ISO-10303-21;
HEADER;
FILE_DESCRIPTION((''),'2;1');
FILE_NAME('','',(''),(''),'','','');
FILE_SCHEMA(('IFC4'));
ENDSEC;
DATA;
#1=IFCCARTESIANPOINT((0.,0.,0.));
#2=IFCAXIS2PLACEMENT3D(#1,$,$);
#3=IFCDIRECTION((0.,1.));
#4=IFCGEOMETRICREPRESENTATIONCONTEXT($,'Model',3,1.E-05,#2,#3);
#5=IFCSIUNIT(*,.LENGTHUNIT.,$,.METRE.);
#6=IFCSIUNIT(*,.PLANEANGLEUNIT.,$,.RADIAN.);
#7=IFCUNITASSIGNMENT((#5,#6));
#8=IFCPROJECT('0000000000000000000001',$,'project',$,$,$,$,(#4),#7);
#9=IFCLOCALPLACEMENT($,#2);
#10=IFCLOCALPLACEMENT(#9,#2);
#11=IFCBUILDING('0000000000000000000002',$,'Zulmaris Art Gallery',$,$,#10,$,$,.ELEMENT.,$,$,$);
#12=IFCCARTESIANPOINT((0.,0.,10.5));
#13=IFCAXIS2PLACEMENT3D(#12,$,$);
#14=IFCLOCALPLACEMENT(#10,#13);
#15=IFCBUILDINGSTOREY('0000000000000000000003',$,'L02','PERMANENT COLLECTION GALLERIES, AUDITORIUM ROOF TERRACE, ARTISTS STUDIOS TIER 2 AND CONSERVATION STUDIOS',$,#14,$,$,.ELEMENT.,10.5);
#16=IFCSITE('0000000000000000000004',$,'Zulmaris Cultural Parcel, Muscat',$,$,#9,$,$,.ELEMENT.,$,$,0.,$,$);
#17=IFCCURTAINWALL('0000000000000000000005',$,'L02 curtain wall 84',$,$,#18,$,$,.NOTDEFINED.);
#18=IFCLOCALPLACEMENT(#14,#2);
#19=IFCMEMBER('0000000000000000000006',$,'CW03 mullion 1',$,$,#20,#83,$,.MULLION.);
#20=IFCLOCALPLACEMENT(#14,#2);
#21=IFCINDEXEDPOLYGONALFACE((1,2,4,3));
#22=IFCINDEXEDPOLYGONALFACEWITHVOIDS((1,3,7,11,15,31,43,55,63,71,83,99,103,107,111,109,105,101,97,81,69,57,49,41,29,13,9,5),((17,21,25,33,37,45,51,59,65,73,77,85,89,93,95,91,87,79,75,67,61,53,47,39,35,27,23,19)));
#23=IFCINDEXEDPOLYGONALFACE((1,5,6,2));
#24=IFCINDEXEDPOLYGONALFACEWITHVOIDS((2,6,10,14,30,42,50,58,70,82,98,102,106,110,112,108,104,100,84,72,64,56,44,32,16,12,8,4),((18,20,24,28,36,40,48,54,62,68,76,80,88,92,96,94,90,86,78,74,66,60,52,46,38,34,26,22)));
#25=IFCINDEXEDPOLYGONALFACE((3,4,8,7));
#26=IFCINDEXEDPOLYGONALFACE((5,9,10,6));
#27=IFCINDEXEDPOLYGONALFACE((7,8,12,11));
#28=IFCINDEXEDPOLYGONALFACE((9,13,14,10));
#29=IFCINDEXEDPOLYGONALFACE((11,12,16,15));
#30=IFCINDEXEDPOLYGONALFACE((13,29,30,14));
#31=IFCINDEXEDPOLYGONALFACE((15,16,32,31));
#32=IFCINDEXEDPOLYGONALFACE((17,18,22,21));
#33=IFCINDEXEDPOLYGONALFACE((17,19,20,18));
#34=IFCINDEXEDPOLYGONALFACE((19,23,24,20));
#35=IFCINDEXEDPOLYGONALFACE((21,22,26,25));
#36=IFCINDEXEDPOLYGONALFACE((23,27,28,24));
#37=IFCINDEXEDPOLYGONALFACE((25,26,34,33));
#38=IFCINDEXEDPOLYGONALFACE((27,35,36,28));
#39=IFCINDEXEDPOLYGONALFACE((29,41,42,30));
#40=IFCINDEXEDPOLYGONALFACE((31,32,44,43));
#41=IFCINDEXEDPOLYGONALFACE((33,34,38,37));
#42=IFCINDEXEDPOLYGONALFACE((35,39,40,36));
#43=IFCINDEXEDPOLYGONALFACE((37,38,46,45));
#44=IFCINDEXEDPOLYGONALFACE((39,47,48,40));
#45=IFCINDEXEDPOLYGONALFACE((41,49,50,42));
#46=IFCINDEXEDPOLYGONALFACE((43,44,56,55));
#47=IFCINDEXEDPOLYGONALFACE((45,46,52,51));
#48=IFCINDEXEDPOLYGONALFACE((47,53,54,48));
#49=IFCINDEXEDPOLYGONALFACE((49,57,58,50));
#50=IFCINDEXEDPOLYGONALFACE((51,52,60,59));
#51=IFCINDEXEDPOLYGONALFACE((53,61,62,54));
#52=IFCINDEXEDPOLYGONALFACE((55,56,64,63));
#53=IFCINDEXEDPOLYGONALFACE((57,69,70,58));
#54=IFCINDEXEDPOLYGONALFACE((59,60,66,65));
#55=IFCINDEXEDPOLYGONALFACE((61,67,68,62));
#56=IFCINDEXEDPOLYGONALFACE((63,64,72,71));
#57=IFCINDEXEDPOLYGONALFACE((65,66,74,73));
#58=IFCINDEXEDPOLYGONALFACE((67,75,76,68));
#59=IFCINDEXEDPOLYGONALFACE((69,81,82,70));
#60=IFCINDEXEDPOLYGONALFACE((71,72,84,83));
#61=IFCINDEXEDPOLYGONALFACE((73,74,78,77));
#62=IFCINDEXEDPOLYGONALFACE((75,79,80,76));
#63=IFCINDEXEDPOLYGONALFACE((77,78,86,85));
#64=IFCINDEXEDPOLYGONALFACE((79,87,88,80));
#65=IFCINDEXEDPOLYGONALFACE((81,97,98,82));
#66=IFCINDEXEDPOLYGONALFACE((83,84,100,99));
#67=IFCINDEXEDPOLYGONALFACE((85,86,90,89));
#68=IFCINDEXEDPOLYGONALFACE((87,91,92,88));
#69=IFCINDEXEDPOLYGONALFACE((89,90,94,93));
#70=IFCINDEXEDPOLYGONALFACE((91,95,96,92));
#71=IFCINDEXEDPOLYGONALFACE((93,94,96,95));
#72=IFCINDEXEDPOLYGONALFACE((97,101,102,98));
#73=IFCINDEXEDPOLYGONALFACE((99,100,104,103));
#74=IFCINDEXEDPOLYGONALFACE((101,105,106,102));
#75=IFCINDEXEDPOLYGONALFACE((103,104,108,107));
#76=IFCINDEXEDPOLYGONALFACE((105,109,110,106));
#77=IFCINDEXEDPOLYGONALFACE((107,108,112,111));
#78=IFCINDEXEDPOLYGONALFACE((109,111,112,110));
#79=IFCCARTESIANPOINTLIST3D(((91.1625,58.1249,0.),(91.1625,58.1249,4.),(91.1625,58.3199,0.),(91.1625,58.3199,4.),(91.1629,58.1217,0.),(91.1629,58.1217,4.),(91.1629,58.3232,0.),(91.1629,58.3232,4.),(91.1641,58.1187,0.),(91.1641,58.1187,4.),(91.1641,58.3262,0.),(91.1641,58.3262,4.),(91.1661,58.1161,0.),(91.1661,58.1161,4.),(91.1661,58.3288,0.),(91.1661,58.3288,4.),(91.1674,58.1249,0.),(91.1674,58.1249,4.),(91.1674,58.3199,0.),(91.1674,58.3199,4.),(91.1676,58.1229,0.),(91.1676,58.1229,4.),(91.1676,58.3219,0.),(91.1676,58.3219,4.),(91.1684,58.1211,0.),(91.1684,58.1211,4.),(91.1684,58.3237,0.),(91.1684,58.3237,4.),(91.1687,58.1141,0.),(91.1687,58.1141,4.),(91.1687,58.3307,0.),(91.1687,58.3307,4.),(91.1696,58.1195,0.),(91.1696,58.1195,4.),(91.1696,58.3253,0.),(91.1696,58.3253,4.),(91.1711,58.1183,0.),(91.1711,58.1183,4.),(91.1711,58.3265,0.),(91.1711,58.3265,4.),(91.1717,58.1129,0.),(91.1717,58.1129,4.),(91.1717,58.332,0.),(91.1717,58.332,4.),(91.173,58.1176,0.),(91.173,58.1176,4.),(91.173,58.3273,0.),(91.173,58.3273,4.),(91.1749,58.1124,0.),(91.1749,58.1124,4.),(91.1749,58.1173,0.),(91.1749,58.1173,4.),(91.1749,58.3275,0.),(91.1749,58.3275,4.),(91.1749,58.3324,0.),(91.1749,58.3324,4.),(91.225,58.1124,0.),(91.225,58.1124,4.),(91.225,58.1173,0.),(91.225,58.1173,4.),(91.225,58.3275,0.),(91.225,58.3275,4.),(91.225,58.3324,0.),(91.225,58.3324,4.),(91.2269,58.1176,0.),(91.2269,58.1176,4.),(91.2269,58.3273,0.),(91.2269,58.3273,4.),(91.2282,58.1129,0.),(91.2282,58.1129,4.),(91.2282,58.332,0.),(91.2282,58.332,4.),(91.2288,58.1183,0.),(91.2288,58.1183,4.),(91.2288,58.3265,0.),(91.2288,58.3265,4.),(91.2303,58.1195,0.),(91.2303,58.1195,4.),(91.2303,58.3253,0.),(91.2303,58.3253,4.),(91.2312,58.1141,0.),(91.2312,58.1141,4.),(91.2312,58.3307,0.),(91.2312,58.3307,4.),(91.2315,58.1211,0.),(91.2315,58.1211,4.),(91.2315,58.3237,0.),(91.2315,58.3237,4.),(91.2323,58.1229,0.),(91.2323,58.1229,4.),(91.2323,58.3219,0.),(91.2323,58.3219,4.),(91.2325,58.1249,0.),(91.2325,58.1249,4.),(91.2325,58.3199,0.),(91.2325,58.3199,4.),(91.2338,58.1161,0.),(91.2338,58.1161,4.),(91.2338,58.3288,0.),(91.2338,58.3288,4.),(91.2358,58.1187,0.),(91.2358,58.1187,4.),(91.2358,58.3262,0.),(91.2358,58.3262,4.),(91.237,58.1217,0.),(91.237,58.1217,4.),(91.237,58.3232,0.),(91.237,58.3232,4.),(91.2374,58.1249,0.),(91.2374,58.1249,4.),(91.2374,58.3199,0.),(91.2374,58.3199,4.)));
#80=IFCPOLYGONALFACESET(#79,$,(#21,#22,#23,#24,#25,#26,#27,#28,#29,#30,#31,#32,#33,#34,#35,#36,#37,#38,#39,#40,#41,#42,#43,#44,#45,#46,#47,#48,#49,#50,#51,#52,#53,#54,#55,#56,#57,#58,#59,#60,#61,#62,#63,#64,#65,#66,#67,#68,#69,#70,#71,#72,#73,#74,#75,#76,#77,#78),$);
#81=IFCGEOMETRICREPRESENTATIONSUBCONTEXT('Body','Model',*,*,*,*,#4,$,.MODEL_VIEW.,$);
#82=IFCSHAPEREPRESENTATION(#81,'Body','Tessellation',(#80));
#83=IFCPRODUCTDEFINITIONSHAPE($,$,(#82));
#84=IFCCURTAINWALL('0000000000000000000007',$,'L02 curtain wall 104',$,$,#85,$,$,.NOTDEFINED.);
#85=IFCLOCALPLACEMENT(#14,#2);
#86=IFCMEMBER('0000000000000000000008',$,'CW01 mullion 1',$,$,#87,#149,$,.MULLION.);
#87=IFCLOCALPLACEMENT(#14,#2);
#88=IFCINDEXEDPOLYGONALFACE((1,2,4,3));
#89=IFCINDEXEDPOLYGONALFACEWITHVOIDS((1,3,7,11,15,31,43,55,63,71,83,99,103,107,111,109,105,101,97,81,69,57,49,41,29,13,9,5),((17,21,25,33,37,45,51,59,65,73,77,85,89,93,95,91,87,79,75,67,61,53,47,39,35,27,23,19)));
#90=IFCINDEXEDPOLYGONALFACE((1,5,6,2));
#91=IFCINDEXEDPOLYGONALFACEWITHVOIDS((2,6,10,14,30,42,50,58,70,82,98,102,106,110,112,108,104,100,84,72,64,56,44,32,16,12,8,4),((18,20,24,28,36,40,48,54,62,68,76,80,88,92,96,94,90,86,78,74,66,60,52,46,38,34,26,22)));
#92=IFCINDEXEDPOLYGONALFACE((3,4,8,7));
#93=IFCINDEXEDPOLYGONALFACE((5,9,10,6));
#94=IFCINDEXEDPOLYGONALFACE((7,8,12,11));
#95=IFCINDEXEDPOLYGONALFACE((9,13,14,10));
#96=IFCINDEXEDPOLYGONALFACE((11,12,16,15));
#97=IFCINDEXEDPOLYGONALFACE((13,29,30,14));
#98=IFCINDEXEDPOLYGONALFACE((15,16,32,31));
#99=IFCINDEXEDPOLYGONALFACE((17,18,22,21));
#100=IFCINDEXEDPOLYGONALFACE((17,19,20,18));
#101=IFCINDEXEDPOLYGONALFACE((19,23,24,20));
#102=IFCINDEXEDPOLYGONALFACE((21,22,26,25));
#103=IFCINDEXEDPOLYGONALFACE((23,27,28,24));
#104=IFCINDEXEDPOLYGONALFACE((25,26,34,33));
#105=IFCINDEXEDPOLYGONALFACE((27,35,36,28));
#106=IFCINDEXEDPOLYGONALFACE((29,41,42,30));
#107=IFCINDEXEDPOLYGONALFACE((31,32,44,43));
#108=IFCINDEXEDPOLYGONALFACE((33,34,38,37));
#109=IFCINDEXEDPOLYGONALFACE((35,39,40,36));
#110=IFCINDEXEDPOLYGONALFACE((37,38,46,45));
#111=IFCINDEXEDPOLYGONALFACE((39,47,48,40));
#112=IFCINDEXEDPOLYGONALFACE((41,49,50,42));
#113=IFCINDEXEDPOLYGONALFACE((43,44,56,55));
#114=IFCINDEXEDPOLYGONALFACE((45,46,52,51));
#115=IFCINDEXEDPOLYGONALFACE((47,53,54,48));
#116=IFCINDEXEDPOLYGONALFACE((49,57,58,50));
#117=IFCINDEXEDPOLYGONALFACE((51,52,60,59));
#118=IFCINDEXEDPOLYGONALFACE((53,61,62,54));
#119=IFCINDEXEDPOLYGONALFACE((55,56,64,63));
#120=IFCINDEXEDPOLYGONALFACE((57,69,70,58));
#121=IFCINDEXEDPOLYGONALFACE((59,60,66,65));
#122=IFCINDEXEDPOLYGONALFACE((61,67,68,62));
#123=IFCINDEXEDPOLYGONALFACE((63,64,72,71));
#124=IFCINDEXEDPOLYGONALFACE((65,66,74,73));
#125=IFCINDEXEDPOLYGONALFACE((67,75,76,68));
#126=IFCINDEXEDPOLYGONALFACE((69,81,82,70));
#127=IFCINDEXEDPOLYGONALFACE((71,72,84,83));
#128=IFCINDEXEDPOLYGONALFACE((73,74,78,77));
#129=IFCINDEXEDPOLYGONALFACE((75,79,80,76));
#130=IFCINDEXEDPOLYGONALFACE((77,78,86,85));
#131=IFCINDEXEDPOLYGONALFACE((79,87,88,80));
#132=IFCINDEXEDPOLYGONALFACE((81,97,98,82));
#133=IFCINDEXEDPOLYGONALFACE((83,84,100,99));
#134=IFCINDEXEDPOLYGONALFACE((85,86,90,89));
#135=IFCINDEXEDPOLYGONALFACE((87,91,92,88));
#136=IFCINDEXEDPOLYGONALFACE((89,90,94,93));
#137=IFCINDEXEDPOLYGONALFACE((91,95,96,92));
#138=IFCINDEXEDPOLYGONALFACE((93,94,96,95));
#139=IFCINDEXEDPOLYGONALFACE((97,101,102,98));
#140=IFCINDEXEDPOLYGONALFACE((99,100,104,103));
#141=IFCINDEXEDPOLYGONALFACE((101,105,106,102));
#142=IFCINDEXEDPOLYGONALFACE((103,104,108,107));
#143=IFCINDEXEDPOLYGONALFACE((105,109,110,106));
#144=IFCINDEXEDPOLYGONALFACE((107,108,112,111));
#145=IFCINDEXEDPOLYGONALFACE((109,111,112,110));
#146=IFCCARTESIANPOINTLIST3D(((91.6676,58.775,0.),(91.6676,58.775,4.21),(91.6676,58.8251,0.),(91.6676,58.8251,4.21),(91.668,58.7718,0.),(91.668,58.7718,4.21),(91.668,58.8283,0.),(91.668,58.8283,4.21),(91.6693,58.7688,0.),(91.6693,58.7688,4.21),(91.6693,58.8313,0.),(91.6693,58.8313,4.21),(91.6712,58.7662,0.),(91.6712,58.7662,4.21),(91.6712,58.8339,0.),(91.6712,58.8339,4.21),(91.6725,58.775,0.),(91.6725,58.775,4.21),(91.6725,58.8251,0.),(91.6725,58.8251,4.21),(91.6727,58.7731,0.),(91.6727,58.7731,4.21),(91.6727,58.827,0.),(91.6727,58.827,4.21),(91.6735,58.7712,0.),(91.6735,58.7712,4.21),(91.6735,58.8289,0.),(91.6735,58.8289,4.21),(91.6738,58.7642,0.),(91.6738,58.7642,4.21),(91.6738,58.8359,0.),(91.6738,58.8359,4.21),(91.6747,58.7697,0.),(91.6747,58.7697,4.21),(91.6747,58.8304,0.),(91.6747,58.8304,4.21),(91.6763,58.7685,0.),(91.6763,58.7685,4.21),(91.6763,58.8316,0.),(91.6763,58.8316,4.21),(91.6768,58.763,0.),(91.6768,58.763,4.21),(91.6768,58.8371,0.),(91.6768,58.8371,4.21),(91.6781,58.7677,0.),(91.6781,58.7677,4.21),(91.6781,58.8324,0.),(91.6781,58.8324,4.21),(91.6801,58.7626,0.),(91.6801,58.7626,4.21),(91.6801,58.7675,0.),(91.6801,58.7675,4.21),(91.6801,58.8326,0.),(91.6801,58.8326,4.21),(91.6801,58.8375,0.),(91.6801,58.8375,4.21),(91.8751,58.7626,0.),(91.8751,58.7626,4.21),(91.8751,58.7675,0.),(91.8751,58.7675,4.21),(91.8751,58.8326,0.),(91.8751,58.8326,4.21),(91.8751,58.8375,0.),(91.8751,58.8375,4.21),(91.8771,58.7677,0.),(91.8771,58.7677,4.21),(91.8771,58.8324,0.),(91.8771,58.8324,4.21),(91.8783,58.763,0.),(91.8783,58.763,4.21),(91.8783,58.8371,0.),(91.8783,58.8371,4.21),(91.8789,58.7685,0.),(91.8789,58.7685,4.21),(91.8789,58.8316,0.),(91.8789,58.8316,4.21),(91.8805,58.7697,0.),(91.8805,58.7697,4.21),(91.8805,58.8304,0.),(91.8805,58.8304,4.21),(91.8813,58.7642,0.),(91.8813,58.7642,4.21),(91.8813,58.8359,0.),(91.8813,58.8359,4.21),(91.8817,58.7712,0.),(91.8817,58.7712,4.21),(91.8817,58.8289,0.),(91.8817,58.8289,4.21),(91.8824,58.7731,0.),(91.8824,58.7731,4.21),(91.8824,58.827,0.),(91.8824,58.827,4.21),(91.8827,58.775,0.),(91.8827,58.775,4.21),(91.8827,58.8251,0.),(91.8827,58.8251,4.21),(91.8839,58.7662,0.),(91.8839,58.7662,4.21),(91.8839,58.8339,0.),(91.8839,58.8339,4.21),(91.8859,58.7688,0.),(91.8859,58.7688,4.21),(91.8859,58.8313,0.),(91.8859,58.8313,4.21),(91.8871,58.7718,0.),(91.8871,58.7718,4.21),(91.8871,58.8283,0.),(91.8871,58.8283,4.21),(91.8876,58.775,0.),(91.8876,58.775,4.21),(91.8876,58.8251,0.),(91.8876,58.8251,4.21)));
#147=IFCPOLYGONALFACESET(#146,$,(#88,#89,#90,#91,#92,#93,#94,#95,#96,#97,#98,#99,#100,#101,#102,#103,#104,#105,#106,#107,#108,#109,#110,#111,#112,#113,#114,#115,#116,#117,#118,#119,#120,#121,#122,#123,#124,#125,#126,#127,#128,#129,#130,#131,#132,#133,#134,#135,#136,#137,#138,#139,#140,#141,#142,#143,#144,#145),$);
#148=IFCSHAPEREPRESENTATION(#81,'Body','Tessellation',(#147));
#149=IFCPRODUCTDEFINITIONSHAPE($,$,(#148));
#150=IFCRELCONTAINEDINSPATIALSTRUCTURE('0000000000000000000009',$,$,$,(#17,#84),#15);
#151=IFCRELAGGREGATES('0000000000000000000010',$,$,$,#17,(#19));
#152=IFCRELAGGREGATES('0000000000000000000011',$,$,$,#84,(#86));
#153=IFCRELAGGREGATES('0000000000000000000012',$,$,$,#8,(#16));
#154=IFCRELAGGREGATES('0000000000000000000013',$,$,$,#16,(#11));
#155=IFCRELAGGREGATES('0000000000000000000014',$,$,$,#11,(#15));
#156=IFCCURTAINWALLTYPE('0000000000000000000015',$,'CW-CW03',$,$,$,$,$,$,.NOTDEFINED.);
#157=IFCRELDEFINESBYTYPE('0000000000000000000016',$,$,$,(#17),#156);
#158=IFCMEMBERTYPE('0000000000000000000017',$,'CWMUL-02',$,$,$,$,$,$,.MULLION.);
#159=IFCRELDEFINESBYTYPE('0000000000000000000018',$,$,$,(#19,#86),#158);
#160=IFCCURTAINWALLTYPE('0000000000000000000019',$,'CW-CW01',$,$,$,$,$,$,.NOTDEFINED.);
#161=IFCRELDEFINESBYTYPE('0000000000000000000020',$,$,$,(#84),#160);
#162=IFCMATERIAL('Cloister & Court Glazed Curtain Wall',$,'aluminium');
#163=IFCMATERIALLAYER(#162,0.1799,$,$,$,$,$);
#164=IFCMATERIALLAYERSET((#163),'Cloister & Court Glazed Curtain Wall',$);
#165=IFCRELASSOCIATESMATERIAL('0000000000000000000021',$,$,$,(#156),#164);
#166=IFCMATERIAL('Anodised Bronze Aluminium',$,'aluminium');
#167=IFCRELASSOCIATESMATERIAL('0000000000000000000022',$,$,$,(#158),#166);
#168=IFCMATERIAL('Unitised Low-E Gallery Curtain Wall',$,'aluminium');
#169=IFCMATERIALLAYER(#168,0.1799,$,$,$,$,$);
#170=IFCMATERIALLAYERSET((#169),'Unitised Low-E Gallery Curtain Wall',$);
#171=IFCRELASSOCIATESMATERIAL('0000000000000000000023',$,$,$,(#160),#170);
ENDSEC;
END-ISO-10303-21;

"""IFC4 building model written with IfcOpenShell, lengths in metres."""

from ifc_helpers import new_model, si_unit, direction, frame, origin, origin_2d, place, context, subcontext, project, spatial, hollow_rectangle, extrude, material, layer, layer_set, material_profile, profile_set, type_object, element, aggregate, save


model = new_model("IFC4")

# Units and contexts
model_context = context("Model", 3, precision=1e-05, world=origin(), true_north=direction((0.0, 1.0)))
body_context = subcontext(model_context, "Body", "Model", "MODEL_VIEW")
ifc_project = project(units=[si_unit("LENGTHUNIT", "METRE"), si_unit("PLANEANGLEUNIT", "RADIAN")], contexts=[model_context])

# Site, building, storey
site_placement = place(None, origin())
site = spatial("IfcSite", under=ifc_project, at=site_placement, Name="Zulmaris Cultural Parcel, Muscat", CompositionType="ELEMENT", RefElevation=0.0)
building_placement = place(site_placement, origin())
building = spatial("IfcBuilding", under=site, at=building_placement, Name="Zulmaris Art Gallery", CompositionType="ELEMENT")
storey_placement = place(building_placement, frame((0.0, 0.0, 10.5)))
storey = spatial("IfcBuildingStorey", under=building, at=storey_placement, Name="L02", Description="PERMANENT COLLECTION GALLERIES, AUDITORIUM ROOF TERRACE, ARTISTS STUDIOS TIER 2 AND CONSERVATION STUDIOS", CompositionType="ELEMENT", Elevation=10.5)

# Curtain wall, member
ifc_material_1 = material(Name="Cloister & Court Glazed Curtain Wall", Category="aluminium")
ifc_layer_1 = layer(ifc_material_1, 0.1799)
ifc_layer_set_1 = layer_set([ifc_layer_1], Name="Cloister & Court Glazed Curtain Wall")
curtain_wall_type_1 = type_object("IfcCurtainWallType", Name="CW-CW03", PredefinedType="NOTDEFINED", material=ifc_layer_set_1)
ifc_material_2 = material(Name="Anodised Bronze Aluminium", Category="aluminium")
ifc_material_profile_1 = material_profile(ifc_material_2, hollow_rectangle(XDim=0.075, YDim=0.22, WallThickness=0.0049, InnerFilletRadius=0.0076, OuterFilletRadius=0.0125, at=origin_2d()), Name="ALU 75x220x5")
ifc_profile_set_1 = profile_set([ifc_material_profile_1], Name="Anodised Bronze Aluminium")
member_type_1 = type_object("IfcMemberType", Name="CWMUL-02", PredefinedType="MULLION", material=ifc_profile_set_1)
curtain_wall_1_placement = place(storey_placement, origin())
curtain_wall_1 = element("IfcCurtainWall", 1, at=curtain_wall_1_placement, inside=storey, type_object=curtain_wall_type_1, Name="L02 curtain wall 84", PredefinedType="NOTDEFINED")
member_1_placement = place(storey_placement, frame((91.2, 58.2224, 0.0), z_axis=(0.0, 0.0, 1.0), x_axis=(1.0, 0.0, 0.0)))
member_1 = element("IfcMember", 2, at=member_1_placement, type_object=member_type_1, Name="CW03 mullion 1", PredefinedType="MULLION", context=body_context, shape_type="SweptSolid", body=[
    extrude(hollow_rectangle(XDim=0.075, YDim=0.22, WallThickness=0.0049, InnerFilletRadius=0.0076, OuterFilletRadius=0.0125, at=origin_2d()), origin(), (0.0, 0.0, 1.0), 4.0),
])

# Curtain wall, member
ifc_material_3 = material(Name="Unitised Low-E Gallery Curtain Wall", Category="aluminium")
ifc_layer_2 = layer(ifc_material_3, 0.1799)
ifc_layer_set_2 = layer_set([ifc_layer_2], Name="Unitised Low-E Gallery Curtain Wall")
curtain_wall_type_2 = type_object("IfcCurtainWallType", Name="CW-CW01", PredefinedType="NOTDEFINED", material=ifc_layer_set_2)
curtain_wall_2_placement = place(storey_placement, origin())
curtain_wall_2 = element("IfcCurtainWall", 3, at=curtain_wall_2_placement, inside=storey, type_object=curtain_wall_type_2, Name="L02 curtain wall 104", PredefinedType="NOTDEFINED")
member_2_placement = place(storey_placement, frame((91.7776, 58.8, 0.0), z_axis=(0.0, 0.0, 1.0), x_axis=(0.0, 1.0, 0.0)))
member_2 = element("IfcMember", 4, at=member_2_placement, type_object=member_type_1, Name="CW01 mullion 1", PredefinedType="MULLION", context=body_context, shape_type="SweptSolid", body=[
    extrude(hollow_rectangle(XDim=0.075, YDim=0.22, WallThickness=0.0049, InnerFilletRadius=0.0076, OuterFilletRadius=0.0125, at=origin_2d()), origin(), (0.0, 0.0, 1.0), 4.21),
])

aggregate(curtain_wall_1, [member_1])
aggregate(curtain_wall_2, [member_2])

save(model, "model.ifc")
